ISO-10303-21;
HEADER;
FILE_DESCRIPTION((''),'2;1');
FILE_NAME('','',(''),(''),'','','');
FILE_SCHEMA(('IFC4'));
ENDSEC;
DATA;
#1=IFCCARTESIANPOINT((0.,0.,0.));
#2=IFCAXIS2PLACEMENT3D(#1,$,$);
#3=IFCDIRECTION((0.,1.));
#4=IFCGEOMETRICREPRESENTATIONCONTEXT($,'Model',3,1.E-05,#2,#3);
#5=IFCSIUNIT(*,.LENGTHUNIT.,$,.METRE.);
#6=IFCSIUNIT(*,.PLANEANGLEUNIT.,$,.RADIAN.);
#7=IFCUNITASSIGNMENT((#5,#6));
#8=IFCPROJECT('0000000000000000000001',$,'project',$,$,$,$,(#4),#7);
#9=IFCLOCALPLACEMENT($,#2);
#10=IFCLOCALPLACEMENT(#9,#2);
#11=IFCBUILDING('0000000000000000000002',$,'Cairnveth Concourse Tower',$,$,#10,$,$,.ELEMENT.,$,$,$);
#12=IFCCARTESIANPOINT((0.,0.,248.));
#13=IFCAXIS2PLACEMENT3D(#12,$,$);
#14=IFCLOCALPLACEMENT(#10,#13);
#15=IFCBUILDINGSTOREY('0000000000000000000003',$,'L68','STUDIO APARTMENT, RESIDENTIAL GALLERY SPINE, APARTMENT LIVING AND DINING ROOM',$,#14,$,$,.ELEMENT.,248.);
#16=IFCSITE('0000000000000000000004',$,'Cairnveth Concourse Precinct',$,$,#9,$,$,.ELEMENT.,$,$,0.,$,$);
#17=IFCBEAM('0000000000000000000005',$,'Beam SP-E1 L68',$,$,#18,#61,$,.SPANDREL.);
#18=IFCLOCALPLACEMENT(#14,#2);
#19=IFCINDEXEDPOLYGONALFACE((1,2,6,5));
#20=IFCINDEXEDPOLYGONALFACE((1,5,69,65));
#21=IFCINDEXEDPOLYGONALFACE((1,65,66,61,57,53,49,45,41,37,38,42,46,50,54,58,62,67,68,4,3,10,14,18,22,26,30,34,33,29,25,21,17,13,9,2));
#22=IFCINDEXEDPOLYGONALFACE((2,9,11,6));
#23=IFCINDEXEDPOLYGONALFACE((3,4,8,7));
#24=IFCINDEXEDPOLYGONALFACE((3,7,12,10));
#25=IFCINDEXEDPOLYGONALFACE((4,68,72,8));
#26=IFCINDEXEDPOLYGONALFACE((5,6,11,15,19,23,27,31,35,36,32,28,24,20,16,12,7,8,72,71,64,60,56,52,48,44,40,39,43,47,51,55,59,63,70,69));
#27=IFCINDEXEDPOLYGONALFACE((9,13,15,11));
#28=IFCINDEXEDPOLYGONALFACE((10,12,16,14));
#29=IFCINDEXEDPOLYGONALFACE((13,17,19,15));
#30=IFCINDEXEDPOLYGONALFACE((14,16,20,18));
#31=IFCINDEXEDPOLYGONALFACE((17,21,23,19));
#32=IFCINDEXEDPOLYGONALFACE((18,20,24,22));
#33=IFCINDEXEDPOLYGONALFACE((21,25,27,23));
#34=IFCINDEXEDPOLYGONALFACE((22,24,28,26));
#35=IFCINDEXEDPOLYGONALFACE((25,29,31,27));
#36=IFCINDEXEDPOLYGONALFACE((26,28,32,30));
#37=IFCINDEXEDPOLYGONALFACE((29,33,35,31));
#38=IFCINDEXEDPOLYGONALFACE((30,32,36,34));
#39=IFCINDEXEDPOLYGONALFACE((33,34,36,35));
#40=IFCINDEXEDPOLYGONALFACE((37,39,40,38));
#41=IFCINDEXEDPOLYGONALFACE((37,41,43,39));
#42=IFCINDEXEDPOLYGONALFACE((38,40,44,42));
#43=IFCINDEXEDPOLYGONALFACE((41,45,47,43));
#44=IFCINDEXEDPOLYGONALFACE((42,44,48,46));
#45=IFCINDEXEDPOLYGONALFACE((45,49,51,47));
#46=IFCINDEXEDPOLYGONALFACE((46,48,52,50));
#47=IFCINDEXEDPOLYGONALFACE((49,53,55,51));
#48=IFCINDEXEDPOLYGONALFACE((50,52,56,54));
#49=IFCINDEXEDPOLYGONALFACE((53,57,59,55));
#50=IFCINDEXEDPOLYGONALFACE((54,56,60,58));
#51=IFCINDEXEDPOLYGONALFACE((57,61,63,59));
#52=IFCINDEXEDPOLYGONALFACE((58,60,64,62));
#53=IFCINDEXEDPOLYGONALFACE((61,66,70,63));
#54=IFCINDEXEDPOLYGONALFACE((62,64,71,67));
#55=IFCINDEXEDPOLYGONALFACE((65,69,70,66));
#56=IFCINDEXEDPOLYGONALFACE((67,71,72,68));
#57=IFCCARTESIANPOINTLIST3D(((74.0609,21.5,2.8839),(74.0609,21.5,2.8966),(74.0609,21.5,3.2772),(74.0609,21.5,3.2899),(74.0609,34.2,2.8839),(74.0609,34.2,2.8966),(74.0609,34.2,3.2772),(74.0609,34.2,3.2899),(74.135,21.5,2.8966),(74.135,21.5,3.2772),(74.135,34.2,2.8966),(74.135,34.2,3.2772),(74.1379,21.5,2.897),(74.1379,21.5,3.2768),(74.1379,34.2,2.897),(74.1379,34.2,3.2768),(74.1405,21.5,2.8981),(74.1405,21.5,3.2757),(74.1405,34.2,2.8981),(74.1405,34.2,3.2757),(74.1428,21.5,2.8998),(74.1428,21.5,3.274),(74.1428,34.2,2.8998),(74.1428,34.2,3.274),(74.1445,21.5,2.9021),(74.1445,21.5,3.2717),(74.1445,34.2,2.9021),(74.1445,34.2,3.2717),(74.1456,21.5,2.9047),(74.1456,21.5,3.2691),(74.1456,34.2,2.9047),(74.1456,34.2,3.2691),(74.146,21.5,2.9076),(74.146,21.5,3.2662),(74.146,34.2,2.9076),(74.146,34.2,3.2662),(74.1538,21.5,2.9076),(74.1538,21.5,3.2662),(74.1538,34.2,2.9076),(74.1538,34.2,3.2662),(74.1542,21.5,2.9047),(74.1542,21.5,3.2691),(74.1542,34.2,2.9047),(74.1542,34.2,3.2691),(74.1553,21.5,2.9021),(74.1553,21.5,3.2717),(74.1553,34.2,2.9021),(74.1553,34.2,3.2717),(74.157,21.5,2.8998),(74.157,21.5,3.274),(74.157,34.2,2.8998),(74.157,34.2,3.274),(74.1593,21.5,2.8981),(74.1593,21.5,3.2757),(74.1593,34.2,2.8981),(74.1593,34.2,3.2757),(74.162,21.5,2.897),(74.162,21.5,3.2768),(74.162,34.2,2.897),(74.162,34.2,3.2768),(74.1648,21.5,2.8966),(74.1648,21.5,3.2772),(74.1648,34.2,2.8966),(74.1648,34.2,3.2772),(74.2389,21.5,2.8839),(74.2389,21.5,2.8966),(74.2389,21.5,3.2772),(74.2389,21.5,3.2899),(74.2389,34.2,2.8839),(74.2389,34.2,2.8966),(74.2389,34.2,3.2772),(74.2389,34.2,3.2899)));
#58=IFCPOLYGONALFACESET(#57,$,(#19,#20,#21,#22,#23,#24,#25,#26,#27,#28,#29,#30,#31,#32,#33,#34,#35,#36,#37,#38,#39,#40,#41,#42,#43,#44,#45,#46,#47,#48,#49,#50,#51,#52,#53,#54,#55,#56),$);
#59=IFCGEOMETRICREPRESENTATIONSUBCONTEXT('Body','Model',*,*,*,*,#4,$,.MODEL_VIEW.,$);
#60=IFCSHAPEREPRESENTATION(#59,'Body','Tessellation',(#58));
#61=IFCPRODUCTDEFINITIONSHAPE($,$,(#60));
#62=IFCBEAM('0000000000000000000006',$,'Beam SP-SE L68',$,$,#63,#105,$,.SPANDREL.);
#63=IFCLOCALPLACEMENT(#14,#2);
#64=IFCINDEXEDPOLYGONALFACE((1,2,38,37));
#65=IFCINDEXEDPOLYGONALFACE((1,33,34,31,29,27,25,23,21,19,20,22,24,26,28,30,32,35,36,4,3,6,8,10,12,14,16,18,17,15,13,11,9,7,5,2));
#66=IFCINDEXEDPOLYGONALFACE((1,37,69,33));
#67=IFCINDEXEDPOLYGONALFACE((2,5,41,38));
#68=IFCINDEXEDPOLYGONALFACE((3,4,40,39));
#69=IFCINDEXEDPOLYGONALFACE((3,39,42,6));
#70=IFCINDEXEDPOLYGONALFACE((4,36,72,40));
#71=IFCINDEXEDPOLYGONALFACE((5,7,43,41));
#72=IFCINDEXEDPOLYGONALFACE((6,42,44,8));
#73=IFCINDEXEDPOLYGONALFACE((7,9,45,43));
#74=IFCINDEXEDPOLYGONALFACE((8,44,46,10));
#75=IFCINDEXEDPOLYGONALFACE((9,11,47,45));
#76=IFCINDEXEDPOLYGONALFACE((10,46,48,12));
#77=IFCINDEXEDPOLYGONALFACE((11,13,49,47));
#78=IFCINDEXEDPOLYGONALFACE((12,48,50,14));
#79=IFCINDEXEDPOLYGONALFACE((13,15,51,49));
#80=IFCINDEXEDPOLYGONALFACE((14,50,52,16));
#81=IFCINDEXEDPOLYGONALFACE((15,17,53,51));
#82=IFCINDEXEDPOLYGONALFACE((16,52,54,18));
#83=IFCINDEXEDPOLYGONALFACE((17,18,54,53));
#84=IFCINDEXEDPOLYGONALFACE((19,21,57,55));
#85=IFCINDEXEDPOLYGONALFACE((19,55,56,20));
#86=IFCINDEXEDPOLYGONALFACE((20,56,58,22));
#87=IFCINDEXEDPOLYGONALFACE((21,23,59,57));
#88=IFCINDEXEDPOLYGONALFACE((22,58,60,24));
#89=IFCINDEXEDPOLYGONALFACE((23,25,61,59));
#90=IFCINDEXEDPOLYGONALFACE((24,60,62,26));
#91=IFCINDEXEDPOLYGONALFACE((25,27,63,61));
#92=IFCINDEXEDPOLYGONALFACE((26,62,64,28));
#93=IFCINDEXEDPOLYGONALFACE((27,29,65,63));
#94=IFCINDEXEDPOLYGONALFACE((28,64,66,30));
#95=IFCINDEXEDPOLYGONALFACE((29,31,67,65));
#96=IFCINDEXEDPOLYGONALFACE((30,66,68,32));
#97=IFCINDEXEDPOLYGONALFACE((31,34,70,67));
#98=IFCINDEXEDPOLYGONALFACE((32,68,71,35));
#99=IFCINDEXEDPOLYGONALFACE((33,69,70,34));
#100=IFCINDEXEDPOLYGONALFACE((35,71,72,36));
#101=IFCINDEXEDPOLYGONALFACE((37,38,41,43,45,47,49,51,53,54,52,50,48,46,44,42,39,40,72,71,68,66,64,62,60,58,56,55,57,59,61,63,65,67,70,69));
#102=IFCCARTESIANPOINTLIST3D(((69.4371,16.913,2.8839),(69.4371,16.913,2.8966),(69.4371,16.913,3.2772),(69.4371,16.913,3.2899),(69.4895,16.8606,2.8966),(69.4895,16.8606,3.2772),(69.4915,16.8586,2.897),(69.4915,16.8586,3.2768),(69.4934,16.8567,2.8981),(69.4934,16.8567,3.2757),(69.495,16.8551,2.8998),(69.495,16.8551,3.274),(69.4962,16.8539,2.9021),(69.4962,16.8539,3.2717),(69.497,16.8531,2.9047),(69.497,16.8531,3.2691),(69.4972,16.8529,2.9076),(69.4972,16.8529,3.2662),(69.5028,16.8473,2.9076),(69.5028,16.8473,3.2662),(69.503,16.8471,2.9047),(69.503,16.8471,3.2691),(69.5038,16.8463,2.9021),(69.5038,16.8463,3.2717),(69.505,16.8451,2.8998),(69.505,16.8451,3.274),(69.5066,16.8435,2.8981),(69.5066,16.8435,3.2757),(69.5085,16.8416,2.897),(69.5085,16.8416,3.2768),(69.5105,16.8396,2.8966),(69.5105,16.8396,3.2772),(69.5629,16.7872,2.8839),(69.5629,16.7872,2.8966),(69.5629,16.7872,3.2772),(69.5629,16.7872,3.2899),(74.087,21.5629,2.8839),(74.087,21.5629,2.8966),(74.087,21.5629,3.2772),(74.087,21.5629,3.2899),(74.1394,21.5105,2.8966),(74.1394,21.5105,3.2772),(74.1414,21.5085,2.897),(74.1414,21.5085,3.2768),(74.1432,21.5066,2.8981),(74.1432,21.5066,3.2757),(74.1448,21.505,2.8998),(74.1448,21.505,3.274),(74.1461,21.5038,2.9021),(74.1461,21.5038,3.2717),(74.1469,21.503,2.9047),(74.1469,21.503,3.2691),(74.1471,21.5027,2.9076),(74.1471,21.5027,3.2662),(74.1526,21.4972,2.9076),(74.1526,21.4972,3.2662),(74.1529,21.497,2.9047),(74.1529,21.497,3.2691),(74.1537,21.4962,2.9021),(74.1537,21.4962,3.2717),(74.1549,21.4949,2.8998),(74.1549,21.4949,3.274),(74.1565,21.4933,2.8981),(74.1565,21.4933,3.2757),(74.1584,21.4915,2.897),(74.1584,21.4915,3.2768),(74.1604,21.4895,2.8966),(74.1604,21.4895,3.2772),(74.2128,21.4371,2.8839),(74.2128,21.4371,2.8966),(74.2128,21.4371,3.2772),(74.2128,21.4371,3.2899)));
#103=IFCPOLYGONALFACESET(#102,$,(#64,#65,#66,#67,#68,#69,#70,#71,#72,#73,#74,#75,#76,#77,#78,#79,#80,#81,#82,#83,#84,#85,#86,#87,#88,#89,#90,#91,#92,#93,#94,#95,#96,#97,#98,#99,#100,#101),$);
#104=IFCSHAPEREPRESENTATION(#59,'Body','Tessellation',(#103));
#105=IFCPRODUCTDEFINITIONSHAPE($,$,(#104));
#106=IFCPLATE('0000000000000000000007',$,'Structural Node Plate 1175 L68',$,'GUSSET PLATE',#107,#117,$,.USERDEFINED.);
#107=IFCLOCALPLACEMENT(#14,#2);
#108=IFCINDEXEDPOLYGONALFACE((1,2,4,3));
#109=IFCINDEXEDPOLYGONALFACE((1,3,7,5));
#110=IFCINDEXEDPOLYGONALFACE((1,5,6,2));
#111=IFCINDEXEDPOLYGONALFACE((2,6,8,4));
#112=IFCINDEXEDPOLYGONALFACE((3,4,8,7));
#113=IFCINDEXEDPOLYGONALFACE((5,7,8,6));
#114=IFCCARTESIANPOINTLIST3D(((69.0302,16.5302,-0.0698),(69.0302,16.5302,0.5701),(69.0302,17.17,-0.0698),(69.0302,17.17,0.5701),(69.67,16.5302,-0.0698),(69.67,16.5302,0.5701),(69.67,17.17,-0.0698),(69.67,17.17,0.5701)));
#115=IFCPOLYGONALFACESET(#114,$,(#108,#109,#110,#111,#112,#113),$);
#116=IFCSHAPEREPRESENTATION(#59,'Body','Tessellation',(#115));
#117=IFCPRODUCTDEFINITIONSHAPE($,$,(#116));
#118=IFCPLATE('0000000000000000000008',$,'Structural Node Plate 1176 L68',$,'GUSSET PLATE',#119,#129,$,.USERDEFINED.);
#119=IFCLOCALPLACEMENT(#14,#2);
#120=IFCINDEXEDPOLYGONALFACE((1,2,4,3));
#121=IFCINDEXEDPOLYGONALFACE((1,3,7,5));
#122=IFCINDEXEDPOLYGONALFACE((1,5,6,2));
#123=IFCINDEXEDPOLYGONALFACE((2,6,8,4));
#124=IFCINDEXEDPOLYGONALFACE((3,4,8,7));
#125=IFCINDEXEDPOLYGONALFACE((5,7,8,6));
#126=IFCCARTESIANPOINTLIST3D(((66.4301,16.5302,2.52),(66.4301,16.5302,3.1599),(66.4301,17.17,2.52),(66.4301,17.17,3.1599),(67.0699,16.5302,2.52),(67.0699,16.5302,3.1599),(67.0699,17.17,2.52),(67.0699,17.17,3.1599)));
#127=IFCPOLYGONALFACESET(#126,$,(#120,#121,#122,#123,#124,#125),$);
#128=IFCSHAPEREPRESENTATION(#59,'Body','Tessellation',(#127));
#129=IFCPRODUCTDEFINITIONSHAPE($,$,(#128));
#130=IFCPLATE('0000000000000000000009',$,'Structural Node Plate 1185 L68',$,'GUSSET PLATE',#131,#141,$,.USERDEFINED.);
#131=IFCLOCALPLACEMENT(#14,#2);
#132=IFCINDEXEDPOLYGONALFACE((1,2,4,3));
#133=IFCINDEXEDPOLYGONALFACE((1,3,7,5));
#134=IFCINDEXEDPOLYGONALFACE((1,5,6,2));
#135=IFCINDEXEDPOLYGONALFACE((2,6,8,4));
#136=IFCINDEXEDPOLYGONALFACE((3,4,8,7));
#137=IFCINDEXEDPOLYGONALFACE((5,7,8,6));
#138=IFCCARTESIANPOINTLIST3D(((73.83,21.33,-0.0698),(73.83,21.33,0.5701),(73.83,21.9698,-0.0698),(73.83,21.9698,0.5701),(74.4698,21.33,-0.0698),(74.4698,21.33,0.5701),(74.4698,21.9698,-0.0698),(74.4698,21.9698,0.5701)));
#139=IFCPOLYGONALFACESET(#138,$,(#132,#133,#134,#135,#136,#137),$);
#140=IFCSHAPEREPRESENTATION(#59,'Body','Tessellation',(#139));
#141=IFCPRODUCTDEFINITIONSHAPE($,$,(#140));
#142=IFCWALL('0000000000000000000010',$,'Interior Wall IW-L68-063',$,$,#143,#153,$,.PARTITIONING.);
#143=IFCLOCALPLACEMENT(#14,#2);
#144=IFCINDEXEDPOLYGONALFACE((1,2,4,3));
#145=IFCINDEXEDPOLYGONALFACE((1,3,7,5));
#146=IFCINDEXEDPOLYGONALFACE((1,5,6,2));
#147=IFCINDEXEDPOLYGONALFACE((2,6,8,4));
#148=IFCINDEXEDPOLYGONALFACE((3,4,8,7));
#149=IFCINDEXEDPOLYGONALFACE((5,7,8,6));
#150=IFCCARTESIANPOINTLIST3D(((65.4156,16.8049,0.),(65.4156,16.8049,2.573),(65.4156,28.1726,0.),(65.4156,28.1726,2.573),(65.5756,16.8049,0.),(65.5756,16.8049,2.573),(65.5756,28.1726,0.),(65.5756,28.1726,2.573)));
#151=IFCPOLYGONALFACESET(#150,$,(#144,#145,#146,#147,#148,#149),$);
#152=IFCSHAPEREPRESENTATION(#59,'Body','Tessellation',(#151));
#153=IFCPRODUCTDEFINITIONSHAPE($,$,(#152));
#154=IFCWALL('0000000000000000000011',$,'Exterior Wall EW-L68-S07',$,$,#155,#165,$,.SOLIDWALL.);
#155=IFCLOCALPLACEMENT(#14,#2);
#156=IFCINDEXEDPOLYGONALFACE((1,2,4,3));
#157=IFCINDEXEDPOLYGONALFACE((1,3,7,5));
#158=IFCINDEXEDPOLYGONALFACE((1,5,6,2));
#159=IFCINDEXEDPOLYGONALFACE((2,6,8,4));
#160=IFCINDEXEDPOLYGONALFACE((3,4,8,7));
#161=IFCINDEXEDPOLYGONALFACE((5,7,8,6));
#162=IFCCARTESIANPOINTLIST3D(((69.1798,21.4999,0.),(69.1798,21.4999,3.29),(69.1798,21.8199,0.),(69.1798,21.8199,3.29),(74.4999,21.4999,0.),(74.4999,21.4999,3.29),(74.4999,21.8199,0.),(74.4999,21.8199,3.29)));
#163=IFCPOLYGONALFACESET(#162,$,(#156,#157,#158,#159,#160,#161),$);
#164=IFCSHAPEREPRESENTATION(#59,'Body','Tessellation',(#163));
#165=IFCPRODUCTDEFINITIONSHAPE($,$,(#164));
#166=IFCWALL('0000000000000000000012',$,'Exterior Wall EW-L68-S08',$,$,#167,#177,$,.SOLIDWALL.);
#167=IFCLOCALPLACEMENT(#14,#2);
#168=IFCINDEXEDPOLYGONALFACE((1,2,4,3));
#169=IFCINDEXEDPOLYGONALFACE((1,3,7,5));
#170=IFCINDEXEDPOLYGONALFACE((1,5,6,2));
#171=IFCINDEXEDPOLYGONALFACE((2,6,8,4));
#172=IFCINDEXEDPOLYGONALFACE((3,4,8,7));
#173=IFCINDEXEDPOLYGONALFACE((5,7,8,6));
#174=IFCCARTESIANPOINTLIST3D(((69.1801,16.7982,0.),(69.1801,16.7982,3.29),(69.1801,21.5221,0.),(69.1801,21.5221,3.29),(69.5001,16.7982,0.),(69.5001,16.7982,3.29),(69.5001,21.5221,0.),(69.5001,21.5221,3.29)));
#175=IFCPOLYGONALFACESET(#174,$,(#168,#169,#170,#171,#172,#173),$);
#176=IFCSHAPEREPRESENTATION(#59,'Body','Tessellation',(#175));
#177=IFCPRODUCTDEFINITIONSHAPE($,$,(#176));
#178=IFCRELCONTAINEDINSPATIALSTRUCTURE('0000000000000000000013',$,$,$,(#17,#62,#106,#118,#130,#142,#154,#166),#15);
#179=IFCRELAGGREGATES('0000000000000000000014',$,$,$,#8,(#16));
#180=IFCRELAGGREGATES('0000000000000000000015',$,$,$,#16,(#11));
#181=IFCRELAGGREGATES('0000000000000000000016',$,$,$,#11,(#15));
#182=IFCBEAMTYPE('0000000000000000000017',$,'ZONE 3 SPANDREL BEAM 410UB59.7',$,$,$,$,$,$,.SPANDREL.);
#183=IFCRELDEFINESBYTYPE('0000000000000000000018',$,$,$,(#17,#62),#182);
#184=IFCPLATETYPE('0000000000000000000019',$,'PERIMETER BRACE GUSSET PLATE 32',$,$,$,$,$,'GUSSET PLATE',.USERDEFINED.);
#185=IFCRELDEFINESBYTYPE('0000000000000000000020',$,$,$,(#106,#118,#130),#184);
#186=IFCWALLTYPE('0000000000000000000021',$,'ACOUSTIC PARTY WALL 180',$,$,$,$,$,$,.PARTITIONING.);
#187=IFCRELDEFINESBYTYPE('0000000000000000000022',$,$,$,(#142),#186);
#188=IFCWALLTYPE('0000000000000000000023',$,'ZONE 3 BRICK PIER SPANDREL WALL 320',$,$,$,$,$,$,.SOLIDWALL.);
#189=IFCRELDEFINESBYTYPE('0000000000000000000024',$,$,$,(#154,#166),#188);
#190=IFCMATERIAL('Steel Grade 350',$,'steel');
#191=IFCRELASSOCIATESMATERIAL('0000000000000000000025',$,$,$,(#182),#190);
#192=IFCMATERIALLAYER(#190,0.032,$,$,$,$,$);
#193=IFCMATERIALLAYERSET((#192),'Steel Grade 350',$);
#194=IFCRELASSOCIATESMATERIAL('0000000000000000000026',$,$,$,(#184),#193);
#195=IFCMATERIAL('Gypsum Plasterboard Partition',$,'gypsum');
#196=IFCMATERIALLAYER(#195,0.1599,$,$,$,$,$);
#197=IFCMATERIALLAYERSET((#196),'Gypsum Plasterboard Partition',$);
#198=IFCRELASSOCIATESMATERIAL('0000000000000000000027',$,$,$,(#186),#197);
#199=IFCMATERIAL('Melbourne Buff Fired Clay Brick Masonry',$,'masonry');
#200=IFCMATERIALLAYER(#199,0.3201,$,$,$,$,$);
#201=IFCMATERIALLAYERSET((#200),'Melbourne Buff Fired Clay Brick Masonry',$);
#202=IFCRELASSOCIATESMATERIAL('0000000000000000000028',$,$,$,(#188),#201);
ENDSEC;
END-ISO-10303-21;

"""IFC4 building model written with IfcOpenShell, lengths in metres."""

from ifc_helpers import new_model, si_unit, direction, frame, frame_2d, origin, origin_2d, place, context, subcontext, project, spatial, rectangle, i_section, extrude, material, layer, layer_set, material_profile, profile_set, type_object, element, save


model = new_model("IFC4")

# Units and contexts
model_context = context("Model", 3, precision=1e-05, world=origin(), true_north=direction((0.0, 1.0)))
body_context = subcontext(model_context, "Body", "Model", "MODEL_VIEW")
ifc_project = project(units=[si_unit("LENGTHUNIT", "METRE"), si_unit("PLANEANGLEUNIT", "RADIAN")], contexts=[model_context])

# Site, building, storey
site_placement = place(None, origin())
site = spatial("IfcSite", under=ifc_project, at=site_placement, Name="Cairnveth Concourse Precinct", CompositionType="ELEMENT", RefElevation=0.0)
building_placement = place(site_placement, origin())
building = spatial("IfcBuilding", under=site, at=building_placement, Name="Cairnveth Concourse Tower", CompositionType="ELEMENT")
storey_placement = place(building_placement, frame((0.0, 0.0, 248.0)))
storey = spatial("IfcBuildingStorey", under=building, at=storey_placement, Name="L68", Description="STUDIO APARTMENT, RESIDENTIAL GALLERY SPINE, APARTMENT LIVING AND DINING ROOM", CompositionType="ELEMENT", Elevation=248.0)

# Shared definitions
ifc_material_1 = material(Name="Steel Grade 350", Category="steel")

# Beams
ifc_material_profile_1 = material_profile(ifc_material_1, i_section(OverallWidth=0.178, OverallDepth=0.406, WebThickness=0.0078, FlangeThickness=0.0127, FilletRadius=0.011, at=origin_2d()), Name="410UB59.7")
ifc_profile_set_1 = profile_set([ifc_material_profile_1], Name="Steel Grade 350")
beam_type_1 = type_object("IfcBeamType", Name="ZONE 3 SPANDREL BEAM 410UB59.7", PredefinedType="SPANDREL", material=ifc_profile_set_1)
beam_1_placement = place(storey_placement, frame((74.1499, 21.5, 3.0869), z_axis=(0.0, 1.0, 0.0), x_axis=(-1.0, 0.0, 0.0)))
element("IfcBeam", 1, at=beam_1_placement, inside=storey, type_object=beam_type_1, Name="Beam SP-E1 L68", PredefinedType="SPANDREL", context=body_context, shape_type="SweptSolid", body=[
    extrude(i_section(OverallWidth=0.178, OverallDepth=0.406, WebThickness=0.0078, FlangeThickness=0.0127, FilletRadius=0.011, at=origin_2d()), origin(), (0.0, 0.0, 1.0), 12.7),
])
beam_2_placement = place(storey_placement, frame((69.5, 16.8501, 3.0869), z_axis=(0.707107, 0.707107, 0.0), x_axis=(-0.707107, 0.707107, 0.0)))
element("IfcBeam", 2, at=beam_2_placement, inside=storey, type_object=beam_type_1, Name="Beam SP-SE L68", PredefinedType="SPANDREL", context=body_context, shape_type="SweptSolid", body=[
    extrude(i_section(OverallWidth=0.178, OverallDepth=0.406, WebThickness=0.0078, FlangeThickness=0.0127, FilletRadius=0.011, at=origin_2d()), origin(), (0.0, 0.0, 1.0), 6.5759),
])

# Plates
ifc_layer_1 = layer(ifc_material_1, 0.032)
ifc_layer_set_1 = layer_set([ifc_layer_1], Name="Steel Grade 350")
plate_type = type_object("IfcPlateType", Name="PERIMETER BRACE GUSSET PLATE 32", ElementType="GUSSET PLATE", PredefinedType="USERDEFINED", material=ifc_layer_set_1)
for number, where, z_axis, x_axis, name in (
    (3, (69.3501, 16.8501, -0.0698), (0.0, 0.0, 1.0), (1.0, 0.0, 0.0), "Structural Node Plate 1175 L68"),
    (4, (66.75, 16.8501, 2.52), (0.0, 0.0, 1.0), (1.0, 0.0, 0.0), "Structural Node Plate 1176 L68"),
    (5, (74.1499, 21.6499, -0.0698), (0.0, 0.0, 1.0), (1.0, 0.0, 0.0), "Structural Node Plate 1185 L68"),
):
    element("IfcPlate", number, at=place(storey_placement, frame(where, z_axis=z_axis, x_axis=x_axis)), inside=storey, type_object=plate_type, Name=name, ObjectType="GUSSET PLATE", PredefinedType="USERDEFINED", context=body_context, shape_type="SweptSolid", body=[
        extrude(rectangle(XDim=0.6399, YDim=0.6399, at=origin_2d()), origin(), (0.0, 0.0, 1.0), 0.6399),
    ])

# Walls
ifc_material_2 = material(Name="Gypsum Plasterboard Partition", Category="gypsum")
ifc_layer_2 = layer(ifc_material_2, 0.1599)
ifc_layer_set_2 = layer_set([ifc_layer_2], Name="Gypsum Plasterboard Partition")
wall_type_1 = type_object("IfcWallType", Name="ACOUSTIC PARTY WALL 180", PredefinedType="PARTITIONING", material=ifc_layer_set_2)
wall_1_placement = place(storey_placement, frame((65.4956, 16.8049, 0.0), z_axis=(0.0, 0.0, 1.0), x_axis=(0.0, 1.0, 0.0)))
element("IfcWall", 6, at=wall_1_placement, inside=storey, type_object=wall_type_1, Name="Interior Wall IW-L68-063", PredefinedType="PARTITIONING", context=body_context, shape_type="SweptSolid", body=[
    extrude(rectangle(XDim=11.3677, YDim=0.1599, at=frame_2d((5.6838, 0.0))), origin(), (0.0, 0.0, 1.0), 2.573),
])
ifc_material_3 = material(Name="Melbourne Buff Fired Clay Brick Masonry", Category="masonry")
ifc_layer_3 = layer(ifc_material_3, 0.3201)
ifc_layer_set_3 = layer_set([ifc_layer_3], Name="Melbourne Buff Fired Clay Brick Masonry")
wall_type_2 = type_object("IfcWallType", Name="ZONE 3 BRICK PIER SPANDREL WALL 320", PredefinedType="SOLIDWALL", material=ifc_layer_set_3)
wall_2_placement = place(storey_placement, frame((74.5, 21.6599, 0.0), z_axis=(0.0, 0.0, 1.0), x_axis=(-1.0, 0.0, 0.0)))
element("IfcWall", 7, at=wall_2_placement, inside=storey, type_object=wall_type_2, Name="Exterior Wall EW-L68-S07", PredefinedType="SOLIDWALL", context=body_context, shape_type="SweptSolid", body=[
    extrude(rectangle(XDim=5.3201, YDim=0.3201, at=frame_2d((2.6602, 0.0))), origin(), (0.0, 0.0, 1.0), 3.29),
])
wall_3_placement = place(storey_placement, frame((69.3401, 21.522, 0.0), z_axis=(0.0, 0.0, 1.0), x_axis=(0.0, -1.0, 0.0)))
element("IfcWall", 8, at=wall_3_placement, inside=storey, type_object=wall_type_2, Name="Exterior Wall EW-L68-S08", PredefinedType="SOLIDWALL", context=body_context, shape_type="SweptSolid", body=[
    extrude(rectangle(XDim=4.7239, YDim=0.3201, at=frame_2d((2.3618, 0.0))), origin(), (0.0, 0.0, 1.0), 3.29),
])

save(model, "model.ifc")
